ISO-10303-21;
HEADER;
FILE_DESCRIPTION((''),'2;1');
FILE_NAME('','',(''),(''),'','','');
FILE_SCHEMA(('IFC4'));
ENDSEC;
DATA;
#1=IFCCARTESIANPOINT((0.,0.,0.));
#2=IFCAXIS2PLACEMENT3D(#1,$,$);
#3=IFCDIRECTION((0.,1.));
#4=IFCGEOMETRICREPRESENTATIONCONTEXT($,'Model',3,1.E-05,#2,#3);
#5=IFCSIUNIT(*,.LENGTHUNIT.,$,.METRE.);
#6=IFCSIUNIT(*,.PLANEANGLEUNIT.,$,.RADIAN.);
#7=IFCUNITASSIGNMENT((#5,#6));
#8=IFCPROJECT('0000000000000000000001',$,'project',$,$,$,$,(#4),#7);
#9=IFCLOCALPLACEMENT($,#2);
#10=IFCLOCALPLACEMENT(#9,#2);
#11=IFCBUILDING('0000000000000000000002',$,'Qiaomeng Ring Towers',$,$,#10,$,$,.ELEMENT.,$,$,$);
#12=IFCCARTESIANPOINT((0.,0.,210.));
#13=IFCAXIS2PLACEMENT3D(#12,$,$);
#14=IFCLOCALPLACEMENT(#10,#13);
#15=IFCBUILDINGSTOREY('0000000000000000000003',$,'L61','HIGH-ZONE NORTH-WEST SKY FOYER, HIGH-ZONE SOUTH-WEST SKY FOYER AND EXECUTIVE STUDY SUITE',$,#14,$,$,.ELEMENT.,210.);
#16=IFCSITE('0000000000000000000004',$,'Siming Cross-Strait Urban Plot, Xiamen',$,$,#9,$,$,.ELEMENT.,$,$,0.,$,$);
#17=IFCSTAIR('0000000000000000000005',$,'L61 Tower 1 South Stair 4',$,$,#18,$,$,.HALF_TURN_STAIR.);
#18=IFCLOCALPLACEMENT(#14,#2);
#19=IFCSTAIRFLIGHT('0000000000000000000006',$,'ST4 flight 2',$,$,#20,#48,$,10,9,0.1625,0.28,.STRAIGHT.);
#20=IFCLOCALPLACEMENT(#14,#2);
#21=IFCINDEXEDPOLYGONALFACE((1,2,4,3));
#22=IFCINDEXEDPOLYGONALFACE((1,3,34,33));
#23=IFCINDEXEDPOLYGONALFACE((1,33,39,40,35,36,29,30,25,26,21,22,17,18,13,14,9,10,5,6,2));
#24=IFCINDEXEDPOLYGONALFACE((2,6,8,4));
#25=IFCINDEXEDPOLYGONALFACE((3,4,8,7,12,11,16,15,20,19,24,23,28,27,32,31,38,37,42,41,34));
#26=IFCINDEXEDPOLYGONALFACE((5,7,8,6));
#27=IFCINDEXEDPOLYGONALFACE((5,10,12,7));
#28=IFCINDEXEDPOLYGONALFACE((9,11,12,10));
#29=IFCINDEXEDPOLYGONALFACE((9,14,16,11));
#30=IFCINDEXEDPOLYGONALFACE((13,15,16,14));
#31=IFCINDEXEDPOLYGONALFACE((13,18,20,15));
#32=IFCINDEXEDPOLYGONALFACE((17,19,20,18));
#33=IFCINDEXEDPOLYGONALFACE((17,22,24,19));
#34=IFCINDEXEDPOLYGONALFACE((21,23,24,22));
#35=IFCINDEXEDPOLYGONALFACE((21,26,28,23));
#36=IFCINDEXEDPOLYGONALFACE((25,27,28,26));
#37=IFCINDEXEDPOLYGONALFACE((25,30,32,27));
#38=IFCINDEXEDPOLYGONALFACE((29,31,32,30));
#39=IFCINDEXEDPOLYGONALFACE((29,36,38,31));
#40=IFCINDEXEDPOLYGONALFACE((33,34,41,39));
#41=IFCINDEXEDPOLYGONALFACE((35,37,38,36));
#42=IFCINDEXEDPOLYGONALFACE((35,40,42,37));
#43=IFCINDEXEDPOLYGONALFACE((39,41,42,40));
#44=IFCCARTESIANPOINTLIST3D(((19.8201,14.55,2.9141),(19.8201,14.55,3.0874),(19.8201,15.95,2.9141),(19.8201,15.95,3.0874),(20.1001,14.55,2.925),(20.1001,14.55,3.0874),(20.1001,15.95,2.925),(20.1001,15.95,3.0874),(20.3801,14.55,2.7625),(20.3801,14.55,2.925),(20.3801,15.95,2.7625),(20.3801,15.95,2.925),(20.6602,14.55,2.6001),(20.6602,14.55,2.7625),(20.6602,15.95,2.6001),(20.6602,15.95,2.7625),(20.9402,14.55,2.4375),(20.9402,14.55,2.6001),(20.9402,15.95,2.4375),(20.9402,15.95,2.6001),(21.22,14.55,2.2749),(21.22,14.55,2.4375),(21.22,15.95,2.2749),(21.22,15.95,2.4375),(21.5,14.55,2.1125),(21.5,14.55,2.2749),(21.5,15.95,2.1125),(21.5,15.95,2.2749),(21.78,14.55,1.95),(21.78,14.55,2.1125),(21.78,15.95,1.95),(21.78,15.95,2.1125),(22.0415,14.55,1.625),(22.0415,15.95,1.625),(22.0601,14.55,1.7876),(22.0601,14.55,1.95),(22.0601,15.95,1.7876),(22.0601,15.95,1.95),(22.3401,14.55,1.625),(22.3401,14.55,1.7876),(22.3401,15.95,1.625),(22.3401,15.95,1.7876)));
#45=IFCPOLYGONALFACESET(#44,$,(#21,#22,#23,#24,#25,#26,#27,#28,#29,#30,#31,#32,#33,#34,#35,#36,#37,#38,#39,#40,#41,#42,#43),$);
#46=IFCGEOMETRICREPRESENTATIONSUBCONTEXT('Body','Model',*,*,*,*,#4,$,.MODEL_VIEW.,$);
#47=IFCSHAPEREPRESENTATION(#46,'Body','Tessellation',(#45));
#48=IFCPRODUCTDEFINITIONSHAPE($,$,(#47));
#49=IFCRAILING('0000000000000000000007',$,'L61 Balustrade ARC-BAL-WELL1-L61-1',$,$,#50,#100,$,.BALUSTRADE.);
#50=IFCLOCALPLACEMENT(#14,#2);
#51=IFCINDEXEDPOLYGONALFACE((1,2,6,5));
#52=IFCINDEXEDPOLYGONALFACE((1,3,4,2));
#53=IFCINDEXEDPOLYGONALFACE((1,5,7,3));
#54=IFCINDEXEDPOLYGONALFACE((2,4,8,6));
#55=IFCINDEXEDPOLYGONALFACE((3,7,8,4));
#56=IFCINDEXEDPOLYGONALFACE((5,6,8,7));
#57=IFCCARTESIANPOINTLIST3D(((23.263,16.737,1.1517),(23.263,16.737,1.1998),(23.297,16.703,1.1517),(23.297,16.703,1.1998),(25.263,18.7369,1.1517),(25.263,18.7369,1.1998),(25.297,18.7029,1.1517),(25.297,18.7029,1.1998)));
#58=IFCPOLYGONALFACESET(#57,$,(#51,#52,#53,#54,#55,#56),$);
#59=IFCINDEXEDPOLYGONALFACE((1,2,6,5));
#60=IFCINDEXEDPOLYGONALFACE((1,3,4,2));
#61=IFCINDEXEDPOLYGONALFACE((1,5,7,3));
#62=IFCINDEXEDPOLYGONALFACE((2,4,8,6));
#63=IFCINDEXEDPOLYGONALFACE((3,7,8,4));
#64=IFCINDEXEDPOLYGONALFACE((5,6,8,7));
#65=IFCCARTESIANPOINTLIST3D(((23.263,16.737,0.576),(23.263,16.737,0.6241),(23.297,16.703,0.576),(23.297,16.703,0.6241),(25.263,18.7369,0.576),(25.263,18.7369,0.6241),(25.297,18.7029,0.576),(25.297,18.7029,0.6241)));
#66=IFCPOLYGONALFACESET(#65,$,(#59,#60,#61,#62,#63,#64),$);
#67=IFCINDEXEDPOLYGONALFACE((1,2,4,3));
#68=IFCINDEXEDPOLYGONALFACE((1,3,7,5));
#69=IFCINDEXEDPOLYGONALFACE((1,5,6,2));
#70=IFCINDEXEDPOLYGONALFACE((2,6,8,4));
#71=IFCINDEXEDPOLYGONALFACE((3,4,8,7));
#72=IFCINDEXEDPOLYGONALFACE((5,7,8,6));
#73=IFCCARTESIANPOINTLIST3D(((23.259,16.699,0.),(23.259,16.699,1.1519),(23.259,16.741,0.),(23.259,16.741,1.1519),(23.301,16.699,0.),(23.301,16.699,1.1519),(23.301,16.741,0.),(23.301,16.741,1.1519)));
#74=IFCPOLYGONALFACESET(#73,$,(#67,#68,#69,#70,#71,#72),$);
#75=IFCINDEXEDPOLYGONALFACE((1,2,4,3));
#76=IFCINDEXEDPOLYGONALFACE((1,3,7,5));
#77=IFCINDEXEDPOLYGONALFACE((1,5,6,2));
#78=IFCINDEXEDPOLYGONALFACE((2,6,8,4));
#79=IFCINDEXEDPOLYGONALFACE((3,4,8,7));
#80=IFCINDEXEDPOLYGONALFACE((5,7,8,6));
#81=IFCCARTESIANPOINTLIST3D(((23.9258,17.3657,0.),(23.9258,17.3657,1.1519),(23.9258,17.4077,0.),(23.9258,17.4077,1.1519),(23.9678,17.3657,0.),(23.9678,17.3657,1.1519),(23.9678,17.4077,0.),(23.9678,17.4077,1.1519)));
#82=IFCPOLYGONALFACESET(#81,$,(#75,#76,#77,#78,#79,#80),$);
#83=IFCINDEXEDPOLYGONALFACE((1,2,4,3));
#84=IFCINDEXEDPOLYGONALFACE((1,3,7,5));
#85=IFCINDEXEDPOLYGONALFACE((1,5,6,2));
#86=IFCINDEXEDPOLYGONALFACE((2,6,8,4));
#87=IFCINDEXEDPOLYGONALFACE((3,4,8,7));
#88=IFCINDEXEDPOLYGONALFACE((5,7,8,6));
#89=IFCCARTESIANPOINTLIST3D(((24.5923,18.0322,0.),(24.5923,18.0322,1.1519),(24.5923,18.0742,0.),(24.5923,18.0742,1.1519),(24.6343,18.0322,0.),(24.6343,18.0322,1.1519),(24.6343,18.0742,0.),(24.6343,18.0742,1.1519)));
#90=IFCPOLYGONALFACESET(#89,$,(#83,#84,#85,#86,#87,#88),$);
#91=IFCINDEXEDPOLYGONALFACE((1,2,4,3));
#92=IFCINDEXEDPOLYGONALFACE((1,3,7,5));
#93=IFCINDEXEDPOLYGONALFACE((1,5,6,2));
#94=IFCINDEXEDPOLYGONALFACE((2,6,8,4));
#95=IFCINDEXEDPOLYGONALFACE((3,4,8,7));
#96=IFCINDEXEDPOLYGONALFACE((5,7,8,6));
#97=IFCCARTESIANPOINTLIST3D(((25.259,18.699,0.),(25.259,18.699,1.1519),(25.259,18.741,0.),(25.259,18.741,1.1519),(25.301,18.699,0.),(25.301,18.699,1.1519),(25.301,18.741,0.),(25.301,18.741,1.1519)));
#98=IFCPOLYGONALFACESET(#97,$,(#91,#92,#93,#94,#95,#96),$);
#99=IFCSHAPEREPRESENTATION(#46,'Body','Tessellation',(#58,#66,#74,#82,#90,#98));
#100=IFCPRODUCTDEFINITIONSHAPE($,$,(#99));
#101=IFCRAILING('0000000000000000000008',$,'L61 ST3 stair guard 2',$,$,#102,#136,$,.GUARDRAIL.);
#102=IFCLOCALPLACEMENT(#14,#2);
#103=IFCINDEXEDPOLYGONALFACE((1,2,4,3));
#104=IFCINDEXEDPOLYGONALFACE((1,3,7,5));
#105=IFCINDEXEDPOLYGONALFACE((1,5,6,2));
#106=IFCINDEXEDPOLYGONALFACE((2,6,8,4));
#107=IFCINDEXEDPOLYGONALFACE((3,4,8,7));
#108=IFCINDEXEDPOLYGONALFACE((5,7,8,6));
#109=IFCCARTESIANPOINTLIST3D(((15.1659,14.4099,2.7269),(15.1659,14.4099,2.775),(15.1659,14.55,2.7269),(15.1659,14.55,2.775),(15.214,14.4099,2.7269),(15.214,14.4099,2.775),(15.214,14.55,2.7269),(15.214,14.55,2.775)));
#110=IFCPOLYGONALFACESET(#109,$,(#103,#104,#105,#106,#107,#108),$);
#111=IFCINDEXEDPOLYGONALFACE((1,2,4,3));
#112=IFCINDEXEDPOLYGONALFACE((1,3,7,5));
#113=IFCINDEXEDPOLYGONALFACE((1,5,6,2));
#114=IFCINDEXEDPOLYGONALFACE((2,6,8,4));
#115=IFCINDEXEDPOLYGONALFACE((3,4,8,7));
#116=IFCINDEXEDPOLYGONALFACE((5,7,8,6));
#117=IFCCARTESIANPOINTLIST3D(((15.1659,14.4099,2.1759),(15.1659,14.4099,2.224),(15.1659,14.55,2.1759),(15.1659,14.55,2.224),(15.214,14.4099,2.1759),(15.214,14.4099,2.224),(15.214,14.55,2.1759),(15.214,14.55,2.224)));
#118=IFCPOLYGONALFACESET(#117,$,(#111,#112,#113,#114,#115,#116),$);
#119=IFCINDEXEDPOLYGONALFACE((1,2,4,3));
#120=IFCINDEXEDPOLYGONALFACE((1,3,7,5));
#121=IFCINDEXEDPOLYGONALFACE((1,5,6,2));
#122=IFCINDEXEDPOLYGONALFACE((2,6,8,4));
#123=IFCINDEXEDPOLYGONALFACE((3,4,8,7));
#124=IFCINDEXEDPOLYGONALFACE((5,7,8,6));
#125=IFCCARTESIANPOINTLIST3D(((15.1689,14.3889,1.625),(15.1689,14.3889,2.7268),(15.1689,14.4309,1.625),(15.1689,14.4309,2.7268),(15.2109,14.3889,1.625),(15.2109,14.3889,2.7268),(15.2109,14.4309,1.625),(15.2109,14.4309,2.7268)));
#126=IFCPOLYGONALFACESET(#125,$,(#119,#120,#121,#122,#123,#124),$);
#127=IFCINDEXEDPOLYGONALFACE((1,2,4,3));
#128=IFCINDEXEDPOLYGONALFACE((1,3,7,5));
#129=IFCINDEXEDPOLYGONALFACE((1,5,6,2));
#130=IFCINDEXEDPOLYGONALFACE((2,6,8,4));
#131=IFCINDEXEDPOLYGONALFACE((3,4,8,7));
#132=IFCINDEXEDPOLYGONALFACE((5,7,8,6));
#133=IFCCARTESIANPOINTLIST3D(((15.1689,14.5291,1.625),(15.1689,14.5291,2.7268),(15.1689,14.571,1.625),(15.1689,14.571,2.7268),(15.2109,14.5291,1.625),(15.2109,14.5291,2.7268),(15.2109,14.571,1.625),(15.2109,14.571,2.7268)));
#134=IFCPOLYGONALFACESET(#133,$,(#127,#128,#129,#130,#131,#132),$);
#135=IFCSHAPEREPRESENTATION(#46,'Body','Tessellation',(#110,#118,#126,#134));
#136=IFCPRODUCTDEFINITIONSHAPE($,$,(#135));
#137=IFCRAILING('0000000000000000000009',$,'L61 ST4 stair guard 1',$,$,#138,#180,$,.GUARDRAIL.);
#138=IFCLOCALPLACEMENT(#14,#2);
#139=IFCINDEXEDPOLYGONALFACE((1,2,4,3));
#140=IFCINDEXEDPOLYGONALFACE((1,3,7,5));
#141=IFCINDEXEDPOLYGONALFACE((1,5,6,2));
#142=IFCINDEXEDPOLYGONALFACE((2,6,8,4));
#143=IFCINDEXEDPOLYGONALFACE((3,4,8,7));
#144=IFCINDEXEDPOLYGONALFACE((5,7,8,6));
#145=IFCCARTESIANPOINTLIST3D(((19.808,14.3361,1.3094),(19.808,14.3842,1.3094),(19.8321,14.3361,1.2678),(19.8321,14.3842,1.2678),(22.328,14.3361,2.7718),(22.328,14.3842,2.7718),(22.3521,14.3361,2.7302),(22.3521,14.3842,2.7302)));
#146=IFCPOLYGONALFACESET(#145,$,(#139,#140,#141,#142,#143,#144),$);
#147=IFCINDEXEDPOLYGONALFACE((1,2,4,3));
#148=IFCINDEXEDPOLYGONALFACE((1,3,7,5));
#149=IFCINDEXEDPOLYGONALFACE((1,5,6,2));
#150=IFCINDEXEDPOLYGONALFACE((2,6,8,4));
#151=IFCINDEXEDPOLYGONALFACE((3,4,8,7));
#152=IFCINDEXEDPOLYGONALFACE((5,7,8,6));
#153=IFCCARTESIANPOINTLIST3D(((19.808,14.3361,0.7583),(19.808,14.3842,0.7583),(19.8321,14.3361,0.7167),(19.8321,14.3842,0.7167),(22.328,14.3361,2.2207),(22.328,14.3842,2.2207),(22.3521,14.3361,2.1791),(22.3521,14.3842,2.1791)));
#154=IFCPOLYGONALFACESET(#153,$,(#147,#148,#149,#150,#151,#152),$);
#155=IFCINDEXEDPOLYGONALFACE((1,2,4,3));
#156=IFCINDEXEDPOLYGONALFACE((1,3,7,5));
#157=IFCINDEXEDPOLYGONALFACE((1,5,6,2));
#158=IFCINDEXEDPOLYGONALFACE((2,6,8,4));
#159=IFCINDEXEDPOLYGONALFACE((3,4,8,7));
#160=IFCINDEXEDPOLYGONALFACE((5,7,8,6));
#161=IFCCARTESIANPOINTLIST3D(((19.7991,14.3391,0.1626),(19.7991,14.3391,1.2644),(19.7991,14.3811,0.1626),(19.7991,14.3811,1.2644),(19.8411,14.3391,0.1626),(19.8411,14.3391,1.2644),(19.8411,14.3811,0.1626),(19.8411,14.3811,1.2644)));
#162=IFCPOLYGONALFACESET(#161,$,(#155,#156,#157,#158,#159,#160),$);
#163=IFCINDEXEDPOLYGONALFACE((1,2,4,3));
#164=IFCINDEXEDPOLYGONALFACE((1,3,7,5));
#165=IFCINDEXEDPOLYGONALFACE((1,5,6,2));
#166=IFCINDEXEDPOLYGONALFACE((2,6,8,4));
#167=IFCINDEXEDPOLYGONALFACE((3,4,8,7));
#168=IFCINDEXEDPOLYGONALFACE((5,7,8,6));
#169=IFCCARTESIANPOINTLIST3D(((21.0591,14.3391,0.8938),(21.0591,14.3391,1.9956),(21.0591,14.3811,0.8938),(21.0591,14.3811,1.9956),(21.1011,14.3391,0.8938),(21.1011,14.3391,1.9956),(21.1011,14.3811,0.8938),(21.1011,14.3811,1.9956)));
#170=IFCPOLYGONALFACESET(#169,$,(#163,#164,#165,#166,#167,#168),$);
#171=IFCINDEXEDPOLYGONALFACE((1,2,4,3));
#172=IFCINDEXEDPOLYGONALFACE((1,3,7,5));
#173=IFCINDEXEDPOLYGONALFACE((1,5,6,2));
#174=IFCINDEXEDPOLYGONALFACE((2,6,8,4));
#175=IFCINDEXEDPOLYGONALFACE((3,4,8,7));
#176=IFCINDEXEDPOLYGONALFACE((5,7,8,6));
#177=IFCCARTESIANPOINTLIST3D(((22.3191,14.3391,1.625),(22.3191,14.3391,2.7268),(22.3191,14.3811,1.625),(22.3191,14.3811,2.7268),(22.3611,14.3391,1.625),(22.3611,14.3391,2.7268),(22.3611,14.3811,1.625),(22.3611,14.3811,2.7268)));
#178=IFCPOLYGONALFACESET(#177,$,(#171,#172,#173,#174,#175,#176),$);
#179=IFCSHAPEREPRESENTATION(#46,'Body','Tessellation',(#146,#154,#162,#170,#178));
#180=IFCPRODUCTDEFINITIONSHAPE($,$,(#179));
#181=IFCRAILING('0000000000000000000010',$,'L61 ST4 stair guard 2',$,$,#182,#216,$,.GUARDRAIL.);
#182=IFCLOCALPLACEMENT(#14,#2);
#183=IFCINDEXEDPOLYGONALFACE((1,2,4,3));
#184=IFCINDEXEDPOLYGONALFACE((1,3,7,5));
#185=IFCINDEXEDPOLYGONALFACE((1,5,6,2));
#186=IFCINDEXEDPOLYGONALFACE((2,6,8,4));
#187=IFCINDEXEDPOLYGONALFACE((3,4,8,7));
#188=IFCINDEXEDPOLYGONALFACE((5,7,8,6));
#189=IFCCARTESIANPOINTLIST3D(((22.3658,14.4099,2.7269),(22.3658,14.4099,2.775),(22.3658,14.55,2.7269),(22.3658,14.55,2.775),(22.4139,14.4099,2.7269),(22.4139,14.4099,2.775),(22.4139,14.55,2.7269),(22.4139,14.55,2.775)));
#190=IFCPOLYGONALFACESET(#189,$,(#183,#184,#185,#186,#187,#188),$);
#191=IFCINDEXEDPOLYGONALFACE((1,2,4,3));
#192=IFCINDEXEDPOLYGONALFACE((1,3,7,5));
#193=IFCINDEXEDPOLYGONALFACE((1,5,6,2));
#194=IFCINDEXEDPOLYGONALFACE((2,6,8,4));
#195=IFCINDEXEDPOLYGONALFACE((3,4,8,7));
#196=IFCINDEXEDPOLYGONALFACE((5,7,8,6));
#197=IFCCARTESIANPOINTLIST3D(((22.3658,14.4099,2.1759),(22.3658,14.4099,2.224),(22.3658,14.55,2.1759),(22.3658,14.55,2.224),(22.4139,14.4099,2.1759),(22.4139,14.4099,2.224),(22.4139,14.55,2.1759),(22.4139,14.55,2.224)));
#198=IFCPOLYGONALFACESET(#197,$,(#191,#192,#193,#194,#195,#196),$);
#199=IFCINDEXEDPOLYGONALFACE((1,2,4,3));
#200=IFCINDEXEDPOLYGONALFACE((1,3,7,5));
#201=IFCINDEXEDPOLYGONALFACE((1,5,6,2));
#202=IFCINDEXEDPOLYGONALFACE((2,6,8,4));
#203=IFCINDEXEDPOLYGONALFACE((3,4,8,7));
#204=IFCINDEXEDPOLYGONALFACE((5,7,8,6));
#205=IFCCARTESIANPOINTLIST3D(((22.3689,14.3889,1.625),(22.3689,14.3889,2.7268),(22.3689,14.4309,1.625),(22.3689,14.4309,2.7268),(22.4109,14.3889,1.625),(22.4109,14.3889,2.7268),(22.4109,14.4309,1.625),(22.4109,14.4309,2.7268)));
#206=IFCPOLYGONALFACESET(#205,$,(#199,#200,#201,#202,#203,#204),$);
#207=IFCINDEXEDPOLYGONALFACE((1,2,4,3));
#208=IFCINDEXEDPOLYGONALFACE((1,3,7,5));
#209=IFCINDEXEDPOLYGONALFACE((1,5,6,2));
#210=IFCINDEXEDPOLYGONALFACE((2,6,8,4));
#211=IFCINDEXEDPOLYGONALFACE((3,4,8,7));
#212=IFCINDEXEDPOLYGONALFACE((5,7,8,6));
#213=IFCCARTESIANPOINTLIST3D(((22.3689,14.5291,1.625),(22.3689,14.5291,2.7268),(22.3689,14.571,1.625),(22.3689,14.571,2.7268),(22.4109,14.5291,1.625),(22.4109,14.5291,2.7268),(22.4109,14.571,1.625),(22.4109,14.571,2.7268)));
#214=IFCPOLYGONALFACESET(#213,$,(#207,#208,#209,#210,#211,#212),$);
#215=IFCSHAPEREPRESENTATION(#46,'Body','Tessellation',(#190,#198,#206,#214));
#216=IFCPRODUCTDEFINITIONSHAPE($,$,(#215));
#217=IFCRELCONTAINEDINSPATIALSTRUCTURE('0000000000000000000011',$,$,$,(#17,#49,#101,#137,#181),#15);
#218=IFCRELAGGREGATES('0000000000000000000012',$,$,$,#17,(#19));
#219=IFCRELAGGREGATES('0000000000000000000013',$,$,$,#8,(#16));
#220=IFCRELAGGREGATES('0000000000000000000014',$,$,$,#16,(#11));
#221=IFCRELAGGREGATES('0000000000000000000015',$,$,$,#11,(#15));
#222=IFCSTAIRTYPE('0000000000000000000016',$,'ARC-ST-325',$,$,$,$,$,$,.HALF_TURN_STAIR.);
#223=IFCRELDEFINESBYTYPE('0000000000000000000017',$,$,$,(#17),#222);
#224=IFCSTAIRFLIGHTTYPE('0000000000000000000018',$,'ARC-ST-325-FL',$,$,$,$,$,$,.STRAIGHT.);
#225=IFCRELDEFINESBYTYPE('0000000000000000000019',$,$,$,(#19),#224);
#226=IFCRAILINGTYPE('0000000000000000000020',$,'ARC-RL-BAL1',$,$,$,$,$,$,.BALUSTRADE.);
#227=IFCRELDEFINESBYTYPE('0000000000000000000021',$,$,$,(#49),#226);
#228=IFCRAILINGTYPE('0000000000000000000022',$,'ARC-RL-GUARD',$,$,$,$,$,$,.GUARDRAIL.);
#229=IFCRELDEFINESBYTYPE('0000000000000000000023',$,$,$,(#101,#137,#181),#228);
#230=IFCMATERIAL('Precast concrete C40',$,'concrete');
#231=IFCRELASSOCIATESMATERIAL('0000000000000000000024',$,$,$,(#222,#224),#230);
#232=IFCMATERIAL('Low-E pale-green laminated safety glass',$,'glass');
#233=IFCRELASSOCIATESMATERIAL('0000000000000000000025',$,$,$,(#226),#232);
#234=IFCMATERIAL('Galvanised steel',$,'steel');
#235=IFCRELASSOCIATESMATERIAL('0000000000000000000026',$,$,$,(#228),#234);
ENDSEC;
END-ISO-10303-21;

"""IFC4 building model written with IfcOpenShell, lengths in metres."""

from ifc_helpers import new_model, si_unit, direction, frame, origin, origin_2d, place, context, subcontext, project, spatial, polyline, rectangle, outline, extrude, source, transform, mapped, material, type_object, element, aggregate, save


model = new_model("IFC4")

# Units and contexts
model_context = context("Model", 3, precision=1e-05, world=origin(), true_north=direction((0.0, 1.0)))
body_context = subcontext(model_context, "Body", "Model", "MODEL_VIEW")
ifc_project = project(units=[si_unit("LENGTHUNIT", "METRE"), si_unit("PLANEANGLEUNIT", "RADIAN")], contexts=[model_context])

# Site, building, storey
site_placement = place(None, origin())
site = spatial("IfcSite", under=ifc_project, at=site_placement, Name="Siming Cross-Strait Urban Plot, Xiamen", CompositionType="ELEMENT", RefElevation=0.0)
building_placement = place(site_placement, origin())
building = spatial("IfcBuilding", under=site, at=building_placement, Name="Qiaomeng Ring Towers", CompositionType="ELEMENT")
storey_placement = place(building_placement, frame((0.0, 0.0, 210.0)))
storey = spatial("IfcBuildingStorey", under=building, at=storey_placement, Name="L61", Description="HIGH-ZONE NORTH-WEST SKY FOYER, HIGH-ZONE SOUTH-WEST SKY FOYER AND EXECUTIVE STUDY SUITE", CompositionType="ELEMENT", Elevation=210.0)

# Shared definitions
ifc_material_1 = material(Name="Galvanised steel", Category="steel")

# Stair, stair flight
ifc_material_2 = material(Name="Precast concrete C40", Category="concrete")
stair_type = type_object("IfcStairType", Name="ARC-ST-325", PredefinedType="HALF_TURN_STAIR", material=ifc_material_2)
stair_placement = place(storey_placement, origin())
stair = element("IfcStair", 1, at=stair_placement, inside=storey, type_object=stair_type, Name="L61 Tower 1 South Stair 4", PredefinedType="HALF_TURN_STAIR")
stair_flight_type = type_object("IfcStairFlightType", Name="ARC-ST-325-FL", PredefinedType="STRAIGHT", material=ifc_material_2)
shared_shape_1 = source(origin(), body_context, "Body", "SweptSolid", [
    extrude(outline(polyline([(0.0, 0.0), (0.0, 0.1626), (0.28, 0.1626), (0.28, 0.325), (0.5601, 0.325), (0.5601, 0.4875), (0.8401, 0.4875), (0.8401, 0.6499), (1.1201, 0.6499), (1.1201, 0.8125), (1.3999, 0.8125), (1.3999, 0.9751), (1.6799, 0.9751), (1.6799, 1.1375), (1.96, 1.1375), (1.96, 1.3), (2.24, 1.3), (2.24, 1.4624), (2.52, 1.4624), (2.52, 1.625), (2.52, 1.2891), (0.2986, 0.0), (0.0, 0.0)])), frame((0.0, 0.7, 0.0), z_axis=(0.0, -1.0, 0.0), x_axis=(1.0, 0.0, 0.0)), (0.0, 0.0, 1.0), 1.3999),
])
stair_flight_1_placement = place(storey_placement, frame((22.3401, 15.25, 1.625), z_axis=(0.0, 0.0, 1.0), x_axis=(-1.0, 0.0, 0.0)))
stair_flight_1 = element("IfcStairFlight", 2, at=stair_flight_1_placement, type_object=stair_flight_type, Name="ST4 flight 2", NumberOfRisers=10, NumberOfTreads=9, PredefinedType="STRAIGHT", RiserHeight=0.1625, TreadLength=0.28, context=body_context, shape_type="MappedRepresentation", body=[
    mapped(shared_shape_1, transform((0.0, 0.0, 0.0), x_axis=(1.0, 0.0, 0.0), y_axis=(0.0, 1.0, 0.0), z_axis=(0.0, 0.0, 1.0), scale=1.0)),
])
aggregate(stair, [stair_flight_1])

# Railings
ifc_material_3 = material(Name="Low-E pale-green laminated safety glass", Category="glass")
railing_type_1 = type_object("IfcRailingType", Name="ARC-RL-BAL1", PredefinedType="BALUSTRADE", material=ifc_material_3)
railing_1_placement = place(storey_placement, frame((23.28, 16.72, 0.0)))
element("IfcRailing", 3, at=railing_1_placement, inside=storey, type_object=railing_type_1, Name="L61 Balustrade ARC-BAL-WELL1-L61-1", PredefinedType="BALUSTRADE", context=body_context, shape_type="SweptSolid", body=[
    extrude(rectangle(XDim=0.0481, YDim=0.0481, at=origin_2d()), frame((0.0, 0.0, 1.1758), z_axis=(0.707107, 0.707107, 0.0), x_axis=(-0.707107, 0.707107, 0.0)), (0.0, 0.0, 1.0), 2.8284),
    extrude(rectangle(XDim=0.0481, YDim=0.0481, at=origin_2d()), frame((0.0, 0.0, 0.6001), z_axis=(0.707107, 0.707107, 0.0), x_axis=(-0.707107, 0.707107, 0.0)), (0.0, 0.0, 1.0), 2.8284),
    extrude(rectangle(XDim=0.042, YDim=0.042, at=origin_2d()), origin(), (0.0, 0.0, 1.0), 1.1519),
    extrude(rectangle(XDim=0.042, YDim=0.042, at=origin_2d()), frame((0.6667, 0.6667, 0.0)), (0.0, 0.0, 1.0), 1.1519),
    extrude(rectangle(XDim=0.042, YDim=0.042, at=origin_2d()), frame((1.3333, 1.3333, 0.0)), (0.0, 0.0, 1.0), 1.1519),
    extrude(rectangle(XDim=0.042, YDim=0.042, at=origin_2d()), frame((2.0, 2.0, 0.0)), (0.0, 0.0, 1.0), 1.1519),
])
railing_type_2 = type_object("IfcRailingType", Name="ARC-RL-GUARD", PredefinedType="GUARDRAIL", material=ifc_material_1)
railing_2_placement = place(storey_placement, frame((15.1899, 14.4099, 1.625)))
element("IfcRailing", 4, at=railing_2_placement, inside=storey, type_object=railing_type_2, Name="L61 ST3 stair guard 2", PredefinedType="GUARDRAIL", context=body_context, shape_type="SweptSolid", body=[
    extrude(rectangle(XDim=0.0481, YDim=0.0481, at=origin_2d()), frame((0.0, 0.0, 1.126), z_axis=(0.0, 1.0, 0.0), x_axis=(-1.0, 0.0, 0.0)), (0.0, 0.0, 1.0), 0.1401),
    extrude(rectangle(XDim=0.0481, YDim=0.0481, at=origin_2d()), frame((0.0, 0.0, 0.575), z_axis=(0.0, 1.0, 0.0), x_axis=(-1.0, 0.0, 0.0)), (0.0, 0.0, 1.0), 0.1401),
    extrude(rectangle(XDim=0.042, YDim=0.042, at=origin_2d()), origin(), (0.0, 0.0, 1.0), 1.1018),
    extrude(rectangle(XDim=0.042, YDim=0.042, at=origin_2d()), frame((0.0, 0.1401, 0.0)), (0.0, 0.0, 1.0), 1.1018),
])
railing_3_placement = place(storey_placement, frame((19.8201, 14.3601, 0.1626)))
element("IfcRailing", 5, at=railing_3_placement, inside=storey, type_object=railing_type_2, Name="L61 ST4 stair guard 1", PredefinedType="GUARDRAIL", context=body_context, shape_type="SweptSolid", body=[
    extrude(rectangle(XDim=0.0481, YDim=0.0481, at=origin_2d()), frame((0.0, 0.0, 1.126), z_axis=(0.864913, 0.0, 0.501921), x_axis=(0.0, 1.0, 0.0)), (0.0, 0.0, 1.0), 2.9136),
    extrude(rectangle(XDim=0.0481, YDim=0.0481, at=origin_2d()), frame((0.0, 0.0, 0.575), z_axis=(0.864913, 0.0, 0.501921), x_axis=(0.0, 1.0, 0.0)), (0.0, 0.0, 1.0), 2.9136),
    extrude(rectangle(XDim=0.042, YDim=0.042, at=origin_2d()), origin(), (0.0, 0.0, 1.0), 1.1018),
    extrude(rectangle(XDim=0.042, YDim=0.042, at=origin_2d()), frame((1.26, 0.0, 0.7312)), (0.0, 0.0, 1.0), 1.1018),
    extrude(rectangle(XDim=0.042, YDim=0.042, at=origin_2d()), frame((2.52, 0.0, 1.4624)), (0.0, 0.0, 1.0), 1.1018),
])
railing_4_placement = place(storey_placement, frame((22.3899, 14.4099, 1.625)))
element("IfcRailing", 6, at=railing_4_placement, inside=storey, type_object=railing_type_2, Name="L61 ST4 stair guard 2", PredefinedType="GUARDRAIL", context=body_context, shape_type="SweptSolid", body=[
    extrude(rectangle(XDim=0.0481, YDim=0.0481, at=origin_2d()), frame((0.0, 0.0, 1.126), z_axis=(0.0, 1.0, 0.0), x_axis=(-1.0, 0.0, 0.0)), (0.0, 0.0, 1.0), 0.1401),
    extrude(rectangle(XDim=0.0481, YDim=0.0481, at=origin_2d()), frame((0.0, 0.0, 0.575), z_axis=(0.0, 1.0, 0.0), x_axis=(-1.0, 0.0, 0.0)), (0.0, 0.0, 1.0), 0.1401),
    extrude(rectangle(XDim=0.042, YDim=0.042, at=origin_2d()), origin(), (0.0, 0.0, 1.0), 1.1018),
    extrude(rectangle(XDim=0.042, YDim=0.042, at=origin_2d()), frame((0.0, 0.1401, 0.0)), (0.0, 0.0, 1.0), 1.1018),
])

save(model, "model.ifc")
